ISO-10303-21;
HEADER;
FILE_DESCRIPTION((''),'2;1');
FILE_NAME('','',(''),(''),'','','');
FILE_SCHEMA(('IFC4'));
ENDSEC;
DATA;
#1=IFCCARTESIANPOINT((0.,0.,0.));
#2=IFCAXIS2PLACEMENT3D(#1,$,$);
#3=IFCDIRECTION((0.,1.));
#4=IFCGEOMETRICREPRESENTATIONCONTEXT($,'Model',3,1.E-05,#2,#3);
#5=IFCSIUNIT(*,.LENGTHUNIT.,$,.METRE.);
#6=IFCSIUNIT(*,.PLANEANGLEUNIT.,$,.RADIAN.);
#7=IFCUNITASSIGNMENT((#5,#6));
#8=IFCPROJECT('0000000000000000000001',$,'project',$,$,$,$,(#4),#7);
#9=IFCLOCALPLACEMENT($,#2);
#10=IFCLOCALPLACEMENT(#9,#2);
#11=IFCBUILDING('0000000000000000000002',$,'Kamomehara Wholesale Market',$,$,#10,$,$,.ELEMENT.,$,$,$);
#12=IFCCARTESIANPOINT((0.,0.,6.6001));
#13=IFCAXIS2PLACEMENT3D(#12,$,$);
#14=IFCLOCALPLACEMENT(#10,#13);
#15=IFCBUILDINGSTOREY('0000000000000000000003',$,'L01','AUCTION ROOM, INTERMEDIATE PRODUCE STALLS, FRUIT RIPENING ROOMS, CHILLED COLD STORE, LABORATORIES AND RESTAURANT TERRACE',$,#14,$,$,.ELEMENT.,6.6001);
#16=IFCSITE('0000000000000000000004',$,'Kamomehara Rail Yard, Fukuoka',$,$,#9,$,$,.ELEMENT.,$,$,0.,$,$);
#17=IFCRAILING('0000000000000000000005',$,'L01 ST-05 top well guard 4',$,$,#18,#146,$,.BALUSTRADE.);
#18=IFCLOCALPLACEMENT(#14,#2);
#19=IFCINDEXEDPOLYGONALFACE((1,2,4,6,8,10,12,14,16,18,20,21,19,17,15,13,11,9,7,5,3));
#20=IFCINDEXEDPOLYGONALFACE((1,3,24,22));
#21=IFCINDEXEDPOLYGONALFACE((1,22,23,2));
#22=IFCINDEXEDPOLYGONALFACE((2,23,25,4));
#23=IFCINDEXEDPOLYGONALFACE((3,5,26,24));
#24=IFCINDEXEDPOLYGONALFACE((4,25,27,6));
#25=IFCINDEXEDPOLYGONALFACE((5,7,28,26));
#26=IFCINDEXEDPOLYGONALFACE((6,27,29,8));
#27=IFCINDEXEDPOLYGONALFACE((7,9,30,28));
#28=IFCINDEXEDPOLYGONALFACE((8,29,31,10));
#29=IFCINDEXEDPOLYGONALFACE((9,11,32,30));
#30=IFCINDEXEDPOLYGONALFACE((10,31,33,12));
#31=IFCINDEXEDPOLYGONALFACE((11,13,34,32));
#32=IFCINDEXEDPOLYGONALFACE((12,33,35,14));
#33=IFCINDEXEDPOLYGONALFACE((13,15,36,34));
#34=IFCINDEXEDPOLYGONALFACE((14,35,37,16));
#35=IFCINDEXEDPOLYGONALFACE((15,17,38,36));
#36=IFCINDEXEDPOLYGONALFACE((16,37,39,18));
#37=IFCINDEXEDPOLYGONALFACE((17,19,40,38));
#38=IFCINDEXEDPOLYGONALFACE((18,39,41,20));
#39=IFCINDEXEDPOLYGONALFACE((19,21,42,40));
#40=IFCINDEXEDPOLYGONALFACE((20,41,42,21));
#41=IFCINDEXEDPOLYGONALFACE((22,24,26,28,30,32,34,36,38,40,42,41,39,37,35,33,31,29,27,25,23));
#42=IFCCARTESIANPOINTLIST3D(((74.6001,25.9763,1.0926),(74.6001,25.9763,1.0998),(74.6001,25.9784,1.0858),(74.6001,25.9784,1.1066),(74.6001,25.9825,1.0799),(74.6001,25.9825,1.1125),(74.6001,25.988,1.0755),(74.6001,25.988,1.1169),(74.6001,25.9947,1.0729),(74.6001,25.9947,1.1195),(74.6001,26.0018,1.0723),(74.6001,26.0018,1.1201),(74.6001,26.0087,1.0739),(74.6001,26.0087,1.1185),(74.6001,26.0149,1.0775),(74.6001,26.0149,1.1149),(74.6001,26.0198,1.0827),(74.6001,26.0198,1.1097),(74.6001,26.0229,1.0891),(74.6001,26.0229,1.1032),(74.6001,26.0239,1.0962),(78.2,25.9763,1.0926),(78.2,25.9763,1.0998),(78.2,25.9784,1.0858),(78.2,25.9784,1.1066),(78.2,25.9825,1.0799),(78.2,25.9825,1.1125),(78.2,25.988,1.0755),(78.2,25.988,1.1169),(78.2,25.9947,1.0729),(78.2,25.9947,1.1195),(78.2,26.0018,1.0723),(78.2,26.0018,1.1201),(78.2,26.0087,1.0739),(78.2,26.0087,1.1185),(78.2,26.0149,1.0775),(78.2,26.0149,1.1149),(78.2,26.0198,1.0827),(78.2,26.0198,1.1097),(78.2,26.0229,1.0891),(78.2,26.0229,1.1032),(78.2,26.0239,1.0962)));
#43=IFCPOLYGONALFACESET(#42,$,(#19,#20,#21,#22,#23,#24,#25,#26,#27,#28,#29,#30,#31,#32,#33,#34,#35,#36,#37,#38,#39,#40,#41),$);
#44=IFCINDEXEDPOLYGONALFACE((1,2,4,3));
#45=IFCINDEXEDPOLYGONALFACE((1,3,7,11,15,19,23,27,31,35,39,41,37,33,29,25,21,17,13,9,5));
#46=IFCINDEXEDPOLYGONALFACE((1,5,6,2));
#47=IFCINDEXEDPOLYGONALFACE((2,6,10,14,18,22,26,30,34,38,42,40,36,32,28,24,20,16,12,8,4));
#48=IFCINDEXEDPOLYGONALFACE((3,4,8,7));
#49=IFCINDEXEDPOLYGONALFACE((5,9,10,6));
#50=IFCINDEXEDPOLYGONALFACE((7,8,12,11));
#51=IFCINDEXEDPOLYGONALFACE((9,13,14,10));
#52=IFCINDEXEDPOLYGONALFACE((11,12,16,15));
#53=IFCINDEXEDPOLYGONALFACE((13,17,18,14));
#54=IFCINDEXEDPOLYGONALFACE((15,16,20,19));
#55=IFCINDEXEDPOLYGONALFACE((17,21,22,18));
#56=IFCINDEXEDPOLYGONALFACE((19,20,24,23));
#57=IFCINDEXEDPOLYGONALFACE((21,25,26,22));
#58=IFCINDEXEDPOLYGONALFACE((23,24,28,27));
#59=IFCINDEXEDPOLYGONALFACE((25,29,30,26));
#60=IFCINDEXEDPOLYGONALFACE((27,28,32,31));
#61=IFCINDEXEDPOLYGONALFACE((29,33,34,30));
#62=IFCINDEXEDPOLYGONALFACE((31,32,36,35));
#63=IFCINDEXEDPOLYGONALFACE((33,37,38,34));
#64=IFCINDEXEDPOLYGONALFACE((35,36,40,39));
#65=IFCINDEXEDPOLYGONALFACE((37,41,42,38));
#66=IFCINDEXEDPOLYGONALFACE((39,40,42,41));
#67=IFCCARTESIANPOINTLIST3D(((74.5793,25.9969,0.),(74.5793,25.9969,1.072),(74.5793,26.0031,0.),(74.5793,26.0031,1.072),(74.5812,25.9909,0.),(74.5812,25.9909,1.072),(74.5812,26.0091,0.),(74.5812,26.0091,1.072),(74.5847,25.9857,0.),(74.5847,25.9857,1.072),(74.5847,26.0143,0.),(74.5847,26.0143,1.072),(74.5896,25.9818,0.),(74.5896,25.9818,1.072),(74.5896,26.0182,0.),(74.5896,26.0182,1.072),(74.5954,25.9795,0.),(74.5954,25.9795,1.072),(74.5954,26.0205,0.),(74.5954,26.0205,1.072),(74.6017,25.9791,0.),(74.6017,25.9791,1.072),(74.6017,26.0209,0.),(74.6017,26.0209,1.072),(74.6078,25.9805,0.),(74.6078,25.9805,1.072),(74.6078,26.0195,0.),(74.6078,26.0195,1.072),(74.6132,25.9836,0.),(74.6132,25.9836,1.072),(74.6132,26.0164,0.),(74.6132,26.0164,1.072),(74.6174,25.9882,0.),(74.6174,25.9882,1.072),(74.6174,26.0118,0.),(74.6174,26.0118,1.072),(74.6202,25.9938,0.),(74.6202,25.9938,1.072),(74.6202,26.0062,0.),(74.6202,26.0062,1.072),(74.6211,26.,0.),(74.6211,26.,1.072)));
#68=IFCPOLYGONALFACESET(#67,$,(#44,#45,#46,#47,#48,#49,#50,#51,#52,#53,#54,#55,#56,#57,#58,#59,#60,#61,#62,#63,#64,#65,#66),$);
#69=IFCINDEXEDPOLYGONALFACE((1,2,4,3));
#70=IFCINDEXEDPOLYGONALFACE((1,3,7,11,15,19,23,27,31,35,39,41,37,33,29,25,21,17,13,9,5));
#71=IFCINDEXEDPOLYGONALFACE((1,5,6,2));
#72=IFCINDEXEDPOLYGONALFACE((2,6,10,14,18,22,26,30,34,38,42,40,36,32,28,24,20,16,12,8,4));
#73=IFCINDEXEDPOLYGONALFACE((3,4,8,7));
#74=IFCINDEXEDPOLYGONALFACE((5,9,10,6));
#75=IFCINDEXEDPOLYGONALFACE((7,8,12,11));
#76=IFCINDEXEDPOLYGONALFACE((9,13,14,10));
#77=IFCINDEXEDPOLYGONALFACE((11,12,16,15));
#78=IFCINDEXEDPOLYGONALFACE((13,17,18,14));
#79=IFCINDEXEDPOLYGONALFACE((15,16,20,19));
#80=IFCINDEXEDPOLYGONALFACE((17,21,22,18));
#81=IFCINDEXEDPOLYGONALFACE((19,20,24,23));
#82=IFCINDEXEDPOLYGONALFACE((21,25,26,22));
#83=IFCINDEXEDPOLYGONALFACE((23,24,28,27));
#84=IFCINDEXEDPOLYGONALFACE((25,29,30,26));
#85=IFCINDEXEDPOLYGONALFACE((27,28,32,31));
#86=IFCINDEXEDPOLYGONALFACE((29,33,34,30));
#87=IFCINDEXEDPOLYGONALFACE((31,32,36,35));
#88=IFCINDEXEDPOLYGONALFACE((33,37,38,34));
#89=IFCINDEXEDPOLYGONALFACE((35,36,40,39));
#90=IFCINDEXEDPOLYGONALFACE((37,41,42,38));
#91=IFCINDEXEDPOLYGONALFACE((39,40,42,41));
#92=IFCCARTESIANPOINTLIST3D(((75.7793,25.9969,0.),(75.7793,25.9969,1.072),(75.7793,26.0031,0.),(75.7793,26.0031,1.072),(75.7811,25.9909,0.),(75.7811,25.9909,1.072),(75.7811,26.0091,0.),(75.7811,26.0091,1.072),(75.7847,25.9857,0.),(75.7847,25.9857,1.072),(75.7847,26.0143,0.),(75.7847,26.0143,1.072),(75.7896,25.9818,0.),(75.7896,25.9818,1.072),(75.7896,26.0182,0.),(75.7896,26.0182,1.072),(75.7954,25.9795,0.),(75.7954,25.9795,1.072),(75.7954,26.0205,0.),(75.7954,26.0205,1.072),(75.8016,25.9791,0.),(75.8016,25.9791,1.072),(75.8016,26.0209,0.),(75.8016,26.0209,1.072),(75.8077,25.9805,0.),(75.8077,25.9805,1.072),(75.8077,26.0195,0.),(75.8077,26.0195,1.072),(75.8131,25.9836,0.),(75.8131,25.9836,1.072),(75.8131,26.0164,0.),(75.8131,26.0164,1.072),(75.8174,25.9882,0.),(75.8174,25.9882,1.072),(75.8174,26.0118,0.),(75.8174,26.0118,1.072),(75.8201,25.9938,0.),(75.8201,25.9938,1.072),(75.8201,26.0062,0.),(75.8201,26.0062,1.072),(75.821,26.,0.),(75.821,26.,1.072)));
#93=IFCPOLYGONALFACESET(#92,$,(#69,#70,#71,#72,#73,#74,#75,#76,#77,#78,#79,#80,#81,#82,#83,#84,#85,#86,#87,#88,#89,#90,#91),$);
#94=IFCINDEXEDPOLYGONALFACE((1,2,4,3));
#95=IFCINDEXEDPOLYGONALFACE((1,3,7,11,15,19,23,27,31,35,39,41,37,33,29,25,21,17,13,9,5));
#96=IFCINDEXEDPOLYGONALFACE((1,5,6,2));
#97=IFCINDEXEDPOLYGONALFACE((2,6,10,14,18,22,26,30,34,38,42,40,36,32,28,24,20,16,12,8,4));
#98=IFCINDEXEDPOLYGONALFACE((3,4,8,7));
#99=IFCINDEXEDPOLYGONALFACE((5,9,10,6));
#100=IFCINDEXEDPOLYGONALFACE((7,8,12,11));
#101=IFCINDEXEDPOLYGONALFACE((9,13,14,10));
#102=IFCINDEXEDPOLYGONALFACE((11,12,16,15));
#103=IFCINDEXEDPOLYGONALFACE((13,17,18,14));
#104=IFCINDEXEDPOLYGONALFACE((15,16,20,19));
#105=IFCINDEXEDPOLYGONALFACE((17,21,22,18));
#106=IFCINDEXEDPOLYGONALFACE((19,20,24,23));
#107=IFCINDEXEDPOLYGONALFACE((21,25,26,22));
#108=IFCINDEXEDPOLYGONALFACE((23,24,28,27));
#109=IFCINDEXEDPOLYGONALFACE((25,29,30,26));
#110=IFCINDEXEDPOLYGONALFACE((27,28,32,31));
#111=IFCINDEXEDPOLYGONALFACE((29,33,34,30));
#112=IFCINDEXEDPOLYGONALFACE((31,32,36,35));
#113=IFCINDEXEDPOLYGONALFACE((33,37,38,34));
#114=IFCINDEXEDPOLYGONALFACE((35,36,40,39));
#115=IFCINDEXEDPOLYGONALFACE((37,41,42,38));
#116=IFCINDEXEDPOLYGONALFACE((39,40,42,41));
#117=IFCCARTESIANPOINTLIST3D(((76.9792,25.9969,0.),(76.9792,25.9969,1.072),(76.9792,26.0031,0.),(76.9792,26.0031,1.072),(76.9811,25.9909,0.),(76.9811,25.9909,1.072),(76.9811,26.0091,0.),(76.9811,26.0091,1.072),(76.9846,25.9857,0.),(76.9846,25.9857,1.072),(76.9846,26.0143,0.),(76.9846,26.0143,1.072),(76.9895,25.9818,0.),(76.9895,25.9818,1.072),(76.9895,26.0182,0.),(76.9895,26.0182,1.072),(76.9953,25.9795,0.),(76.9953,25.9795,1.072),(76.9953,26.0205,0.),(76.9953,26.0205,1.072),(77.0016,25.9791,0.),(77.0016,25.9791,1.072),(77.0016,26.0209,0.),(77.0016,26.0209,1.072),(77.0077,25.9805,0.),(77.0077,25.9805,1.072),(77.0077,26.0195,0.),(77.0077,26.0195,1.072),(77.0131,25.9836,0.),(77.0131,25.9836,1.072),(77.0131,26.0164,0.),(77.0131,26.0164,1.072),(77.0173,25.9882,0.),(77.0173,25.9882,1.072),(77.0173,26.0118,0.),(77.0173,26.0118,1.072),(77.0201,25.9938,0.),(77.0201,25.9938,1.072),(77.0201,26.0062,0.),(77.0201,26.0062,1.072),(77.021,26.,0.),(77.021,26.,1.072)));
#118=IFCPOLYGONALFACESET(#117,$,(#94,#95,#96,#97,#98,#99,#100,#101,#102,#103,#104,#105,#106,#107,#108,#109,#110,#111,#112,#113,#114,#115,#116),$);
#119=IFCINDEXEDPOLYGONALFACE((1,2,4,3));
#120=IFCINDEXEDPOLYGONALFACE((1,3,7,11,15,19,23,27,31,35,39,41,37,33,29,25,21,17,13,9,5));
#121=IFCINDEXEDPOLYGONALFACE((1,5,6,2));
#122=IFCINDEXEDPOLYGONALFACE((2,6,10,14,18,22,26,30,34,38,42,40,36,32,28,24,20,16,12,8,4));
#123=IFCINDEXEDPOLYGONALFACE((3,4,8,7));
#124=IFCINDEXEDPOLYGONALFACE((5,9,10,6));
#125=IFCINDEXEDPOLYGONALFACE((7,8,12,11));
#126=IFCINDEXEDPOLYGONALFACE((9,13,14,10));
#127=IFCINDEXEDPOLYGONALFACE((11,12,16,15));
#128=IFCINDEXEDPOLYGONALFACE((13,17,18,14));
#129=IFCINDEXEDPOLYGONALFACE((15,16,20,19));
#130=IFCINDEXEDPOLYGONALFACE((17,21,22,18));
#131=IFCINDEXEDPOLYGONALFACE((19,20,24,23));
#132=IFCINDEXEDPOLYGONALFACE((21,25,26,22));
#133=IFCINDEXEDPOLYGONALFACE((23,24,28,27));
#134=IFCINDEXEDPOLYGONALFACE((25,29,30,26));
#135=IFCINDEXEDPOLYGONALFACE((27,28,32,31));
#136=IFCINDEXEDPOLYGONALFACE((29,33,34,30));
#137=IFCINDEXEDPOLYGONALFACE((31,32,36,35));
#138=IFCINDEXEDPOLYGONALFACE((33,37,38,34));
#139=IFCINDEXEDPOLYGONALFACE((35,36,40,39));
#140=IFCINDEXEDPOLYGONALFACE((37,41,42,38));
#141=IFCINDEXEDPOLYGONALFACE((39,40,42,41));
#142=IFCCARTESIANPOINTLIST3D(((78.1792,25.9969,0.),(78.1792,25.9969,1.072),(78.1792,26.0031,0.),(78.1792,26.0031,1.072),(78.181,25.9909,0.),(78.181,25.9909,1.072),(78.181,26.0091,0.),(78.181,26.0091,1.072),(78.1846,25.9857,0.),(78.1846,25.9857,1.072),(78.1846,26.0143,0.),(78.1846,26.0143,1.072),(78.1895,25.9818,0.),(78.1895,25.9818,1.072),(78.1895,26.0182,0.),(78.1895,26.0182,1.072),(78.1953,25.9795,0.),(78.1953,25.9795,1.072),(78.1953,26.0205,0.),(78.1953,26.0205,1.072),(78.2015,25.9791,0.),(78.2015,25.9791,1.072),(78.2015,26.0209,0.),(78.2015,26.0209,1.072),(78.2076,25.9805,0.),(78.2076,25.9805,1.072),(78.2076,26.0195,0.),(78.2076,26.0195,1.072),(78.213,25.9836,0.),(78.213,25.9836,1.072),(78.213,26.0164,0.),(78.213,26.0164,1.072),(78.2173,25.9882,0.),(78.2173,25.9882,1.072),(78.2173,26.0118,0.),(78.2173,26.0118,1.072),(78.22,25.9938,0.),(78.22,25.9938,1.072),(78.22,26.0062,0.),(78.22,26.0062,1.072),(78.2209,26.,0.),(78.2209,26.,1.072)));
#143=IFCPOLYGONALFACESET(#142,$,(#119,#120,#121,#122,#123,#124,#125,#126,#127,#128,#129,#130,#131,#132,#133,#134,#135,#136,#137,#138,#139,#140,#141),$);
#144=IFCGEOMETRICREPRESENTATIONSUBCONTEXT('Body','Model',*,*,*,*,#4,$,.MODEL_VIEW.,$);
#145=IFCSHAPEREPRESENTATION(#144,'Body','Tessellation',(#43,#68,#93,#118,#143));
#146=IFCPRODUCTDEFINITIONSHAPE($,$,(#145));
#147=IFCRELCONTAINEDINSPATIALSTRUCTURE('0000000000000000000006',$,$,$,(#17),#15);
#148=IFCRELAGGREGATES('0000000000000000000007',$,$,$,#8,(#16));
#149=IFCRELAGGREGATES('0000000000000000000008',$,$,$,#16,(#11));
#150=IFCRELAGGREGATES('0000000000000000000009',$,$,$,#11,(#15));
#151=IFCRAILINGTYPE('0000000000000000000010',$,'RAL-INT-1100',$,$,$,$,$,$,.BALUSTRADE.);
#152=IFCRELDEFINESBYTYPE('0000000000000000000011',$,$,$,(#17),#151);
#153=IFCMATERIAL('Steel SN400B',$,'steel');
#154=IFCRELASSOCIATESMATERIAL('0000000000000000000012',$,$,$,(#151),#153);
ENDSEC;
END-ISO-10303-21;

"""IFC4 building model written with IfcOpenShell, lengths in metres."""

from ifc_helpers import new_model, si_unit, direction, frame, origin, origin_2d, place, context, subcontext, project, spatial, circle, extrude, material, type_object, element, save


model = new_model("IFC4")

# Units and contexts
model_context = context("Model", 3, precision=1e-05, world=origin(), true_north=direction((0.0, 1.0)))
body_context = subcontext(model_context, "Body", "Model", "MODEL_VIEW")
ifc_project = project(units=[si_unit("LENGTHUNIT", "METRE"), si_unit("PLANEANGLEUNIT", "RADIAN")], contexts=[model_context])

# Site, building, storey
site_placement = place(None, origin())
site = spatial("IfcSite", under=ifc_project, at=site_placement, Name="Kamomehara Rail Yard, Fukuoka", CompositionType="ELEMENT", RefElevation=0.0)
building_placement = place(site_placement, origin())
building = spatial("IfcBuilding", under=site, at=building_placement, Name="Kamomehara Wholesale Market", CompositionType="ELEMENT")
storey_placement = place(building_placement, frame((0.0, 0.0, 6.6001)))
storey = spatial("IfcBuildingStorey", under=building, at=storey_placement, Name="L01", Description="AUCTION ROOM, INTERMEDIATE PRODUCE STALLS, FRUIT RIPENING ROOMS, CHILLED COLD STORE, LABORATORIES AND RESTAURANT TERRACE", CompositionType="ELEMENT", Elevation=6.6001)

# Railing
ifc_material_1 = material(Name="Steel SN400B", Category="steel")
railing_type = type_object("IfcRailingType", Name="RAL-INT-1100", PredefinedType="BALUSTRADE", material=ifc_material_1)
railing_1_placement = place(storey_placement, frame((74.6001, 26.0, 0.0)))
element("IfcRailing", 1, at=railing_1_placement, inside=storey, type_object=railing_type, Name="L01 ST-05 top well guard 4", PredefinedType="BALUSTRADE", context=body_context, shape_type="SweptSolid", body=[
    extrude(circle(Radius=0.0239, at=origin_2d()), frame((0.0, 0.0, 1.0962), z_axis=(1.0, 0.0, 0.0), x_axis=(0.0, 1.0, 0.0)), (0.0, 0.0, 1.0), 3.5999),
    extrude(circle(Radius=0.021, at=origin_2d()), origin(), (0.0, 0.0, 1.0), 1.072),
    extrude(circle(Radius=0.021, at=origin_2d()), frame((1.2, 0.0, 0.0)), (0.0, 0.0, 1.0), 1.072),
    extrude(circle(Radius=0.021, at=origin_2d()), frame((2.3999, 0.0, 0.0)), (0.0, 0.0, 1.0), 1.072),
    extrude(circle(Radius=0.021, at=origin_2d()), frame((3.5999, 0.0, 0.0)), (0.0, 0.0, 1.0), 1.072),
])

save(model, "model.ifc")
